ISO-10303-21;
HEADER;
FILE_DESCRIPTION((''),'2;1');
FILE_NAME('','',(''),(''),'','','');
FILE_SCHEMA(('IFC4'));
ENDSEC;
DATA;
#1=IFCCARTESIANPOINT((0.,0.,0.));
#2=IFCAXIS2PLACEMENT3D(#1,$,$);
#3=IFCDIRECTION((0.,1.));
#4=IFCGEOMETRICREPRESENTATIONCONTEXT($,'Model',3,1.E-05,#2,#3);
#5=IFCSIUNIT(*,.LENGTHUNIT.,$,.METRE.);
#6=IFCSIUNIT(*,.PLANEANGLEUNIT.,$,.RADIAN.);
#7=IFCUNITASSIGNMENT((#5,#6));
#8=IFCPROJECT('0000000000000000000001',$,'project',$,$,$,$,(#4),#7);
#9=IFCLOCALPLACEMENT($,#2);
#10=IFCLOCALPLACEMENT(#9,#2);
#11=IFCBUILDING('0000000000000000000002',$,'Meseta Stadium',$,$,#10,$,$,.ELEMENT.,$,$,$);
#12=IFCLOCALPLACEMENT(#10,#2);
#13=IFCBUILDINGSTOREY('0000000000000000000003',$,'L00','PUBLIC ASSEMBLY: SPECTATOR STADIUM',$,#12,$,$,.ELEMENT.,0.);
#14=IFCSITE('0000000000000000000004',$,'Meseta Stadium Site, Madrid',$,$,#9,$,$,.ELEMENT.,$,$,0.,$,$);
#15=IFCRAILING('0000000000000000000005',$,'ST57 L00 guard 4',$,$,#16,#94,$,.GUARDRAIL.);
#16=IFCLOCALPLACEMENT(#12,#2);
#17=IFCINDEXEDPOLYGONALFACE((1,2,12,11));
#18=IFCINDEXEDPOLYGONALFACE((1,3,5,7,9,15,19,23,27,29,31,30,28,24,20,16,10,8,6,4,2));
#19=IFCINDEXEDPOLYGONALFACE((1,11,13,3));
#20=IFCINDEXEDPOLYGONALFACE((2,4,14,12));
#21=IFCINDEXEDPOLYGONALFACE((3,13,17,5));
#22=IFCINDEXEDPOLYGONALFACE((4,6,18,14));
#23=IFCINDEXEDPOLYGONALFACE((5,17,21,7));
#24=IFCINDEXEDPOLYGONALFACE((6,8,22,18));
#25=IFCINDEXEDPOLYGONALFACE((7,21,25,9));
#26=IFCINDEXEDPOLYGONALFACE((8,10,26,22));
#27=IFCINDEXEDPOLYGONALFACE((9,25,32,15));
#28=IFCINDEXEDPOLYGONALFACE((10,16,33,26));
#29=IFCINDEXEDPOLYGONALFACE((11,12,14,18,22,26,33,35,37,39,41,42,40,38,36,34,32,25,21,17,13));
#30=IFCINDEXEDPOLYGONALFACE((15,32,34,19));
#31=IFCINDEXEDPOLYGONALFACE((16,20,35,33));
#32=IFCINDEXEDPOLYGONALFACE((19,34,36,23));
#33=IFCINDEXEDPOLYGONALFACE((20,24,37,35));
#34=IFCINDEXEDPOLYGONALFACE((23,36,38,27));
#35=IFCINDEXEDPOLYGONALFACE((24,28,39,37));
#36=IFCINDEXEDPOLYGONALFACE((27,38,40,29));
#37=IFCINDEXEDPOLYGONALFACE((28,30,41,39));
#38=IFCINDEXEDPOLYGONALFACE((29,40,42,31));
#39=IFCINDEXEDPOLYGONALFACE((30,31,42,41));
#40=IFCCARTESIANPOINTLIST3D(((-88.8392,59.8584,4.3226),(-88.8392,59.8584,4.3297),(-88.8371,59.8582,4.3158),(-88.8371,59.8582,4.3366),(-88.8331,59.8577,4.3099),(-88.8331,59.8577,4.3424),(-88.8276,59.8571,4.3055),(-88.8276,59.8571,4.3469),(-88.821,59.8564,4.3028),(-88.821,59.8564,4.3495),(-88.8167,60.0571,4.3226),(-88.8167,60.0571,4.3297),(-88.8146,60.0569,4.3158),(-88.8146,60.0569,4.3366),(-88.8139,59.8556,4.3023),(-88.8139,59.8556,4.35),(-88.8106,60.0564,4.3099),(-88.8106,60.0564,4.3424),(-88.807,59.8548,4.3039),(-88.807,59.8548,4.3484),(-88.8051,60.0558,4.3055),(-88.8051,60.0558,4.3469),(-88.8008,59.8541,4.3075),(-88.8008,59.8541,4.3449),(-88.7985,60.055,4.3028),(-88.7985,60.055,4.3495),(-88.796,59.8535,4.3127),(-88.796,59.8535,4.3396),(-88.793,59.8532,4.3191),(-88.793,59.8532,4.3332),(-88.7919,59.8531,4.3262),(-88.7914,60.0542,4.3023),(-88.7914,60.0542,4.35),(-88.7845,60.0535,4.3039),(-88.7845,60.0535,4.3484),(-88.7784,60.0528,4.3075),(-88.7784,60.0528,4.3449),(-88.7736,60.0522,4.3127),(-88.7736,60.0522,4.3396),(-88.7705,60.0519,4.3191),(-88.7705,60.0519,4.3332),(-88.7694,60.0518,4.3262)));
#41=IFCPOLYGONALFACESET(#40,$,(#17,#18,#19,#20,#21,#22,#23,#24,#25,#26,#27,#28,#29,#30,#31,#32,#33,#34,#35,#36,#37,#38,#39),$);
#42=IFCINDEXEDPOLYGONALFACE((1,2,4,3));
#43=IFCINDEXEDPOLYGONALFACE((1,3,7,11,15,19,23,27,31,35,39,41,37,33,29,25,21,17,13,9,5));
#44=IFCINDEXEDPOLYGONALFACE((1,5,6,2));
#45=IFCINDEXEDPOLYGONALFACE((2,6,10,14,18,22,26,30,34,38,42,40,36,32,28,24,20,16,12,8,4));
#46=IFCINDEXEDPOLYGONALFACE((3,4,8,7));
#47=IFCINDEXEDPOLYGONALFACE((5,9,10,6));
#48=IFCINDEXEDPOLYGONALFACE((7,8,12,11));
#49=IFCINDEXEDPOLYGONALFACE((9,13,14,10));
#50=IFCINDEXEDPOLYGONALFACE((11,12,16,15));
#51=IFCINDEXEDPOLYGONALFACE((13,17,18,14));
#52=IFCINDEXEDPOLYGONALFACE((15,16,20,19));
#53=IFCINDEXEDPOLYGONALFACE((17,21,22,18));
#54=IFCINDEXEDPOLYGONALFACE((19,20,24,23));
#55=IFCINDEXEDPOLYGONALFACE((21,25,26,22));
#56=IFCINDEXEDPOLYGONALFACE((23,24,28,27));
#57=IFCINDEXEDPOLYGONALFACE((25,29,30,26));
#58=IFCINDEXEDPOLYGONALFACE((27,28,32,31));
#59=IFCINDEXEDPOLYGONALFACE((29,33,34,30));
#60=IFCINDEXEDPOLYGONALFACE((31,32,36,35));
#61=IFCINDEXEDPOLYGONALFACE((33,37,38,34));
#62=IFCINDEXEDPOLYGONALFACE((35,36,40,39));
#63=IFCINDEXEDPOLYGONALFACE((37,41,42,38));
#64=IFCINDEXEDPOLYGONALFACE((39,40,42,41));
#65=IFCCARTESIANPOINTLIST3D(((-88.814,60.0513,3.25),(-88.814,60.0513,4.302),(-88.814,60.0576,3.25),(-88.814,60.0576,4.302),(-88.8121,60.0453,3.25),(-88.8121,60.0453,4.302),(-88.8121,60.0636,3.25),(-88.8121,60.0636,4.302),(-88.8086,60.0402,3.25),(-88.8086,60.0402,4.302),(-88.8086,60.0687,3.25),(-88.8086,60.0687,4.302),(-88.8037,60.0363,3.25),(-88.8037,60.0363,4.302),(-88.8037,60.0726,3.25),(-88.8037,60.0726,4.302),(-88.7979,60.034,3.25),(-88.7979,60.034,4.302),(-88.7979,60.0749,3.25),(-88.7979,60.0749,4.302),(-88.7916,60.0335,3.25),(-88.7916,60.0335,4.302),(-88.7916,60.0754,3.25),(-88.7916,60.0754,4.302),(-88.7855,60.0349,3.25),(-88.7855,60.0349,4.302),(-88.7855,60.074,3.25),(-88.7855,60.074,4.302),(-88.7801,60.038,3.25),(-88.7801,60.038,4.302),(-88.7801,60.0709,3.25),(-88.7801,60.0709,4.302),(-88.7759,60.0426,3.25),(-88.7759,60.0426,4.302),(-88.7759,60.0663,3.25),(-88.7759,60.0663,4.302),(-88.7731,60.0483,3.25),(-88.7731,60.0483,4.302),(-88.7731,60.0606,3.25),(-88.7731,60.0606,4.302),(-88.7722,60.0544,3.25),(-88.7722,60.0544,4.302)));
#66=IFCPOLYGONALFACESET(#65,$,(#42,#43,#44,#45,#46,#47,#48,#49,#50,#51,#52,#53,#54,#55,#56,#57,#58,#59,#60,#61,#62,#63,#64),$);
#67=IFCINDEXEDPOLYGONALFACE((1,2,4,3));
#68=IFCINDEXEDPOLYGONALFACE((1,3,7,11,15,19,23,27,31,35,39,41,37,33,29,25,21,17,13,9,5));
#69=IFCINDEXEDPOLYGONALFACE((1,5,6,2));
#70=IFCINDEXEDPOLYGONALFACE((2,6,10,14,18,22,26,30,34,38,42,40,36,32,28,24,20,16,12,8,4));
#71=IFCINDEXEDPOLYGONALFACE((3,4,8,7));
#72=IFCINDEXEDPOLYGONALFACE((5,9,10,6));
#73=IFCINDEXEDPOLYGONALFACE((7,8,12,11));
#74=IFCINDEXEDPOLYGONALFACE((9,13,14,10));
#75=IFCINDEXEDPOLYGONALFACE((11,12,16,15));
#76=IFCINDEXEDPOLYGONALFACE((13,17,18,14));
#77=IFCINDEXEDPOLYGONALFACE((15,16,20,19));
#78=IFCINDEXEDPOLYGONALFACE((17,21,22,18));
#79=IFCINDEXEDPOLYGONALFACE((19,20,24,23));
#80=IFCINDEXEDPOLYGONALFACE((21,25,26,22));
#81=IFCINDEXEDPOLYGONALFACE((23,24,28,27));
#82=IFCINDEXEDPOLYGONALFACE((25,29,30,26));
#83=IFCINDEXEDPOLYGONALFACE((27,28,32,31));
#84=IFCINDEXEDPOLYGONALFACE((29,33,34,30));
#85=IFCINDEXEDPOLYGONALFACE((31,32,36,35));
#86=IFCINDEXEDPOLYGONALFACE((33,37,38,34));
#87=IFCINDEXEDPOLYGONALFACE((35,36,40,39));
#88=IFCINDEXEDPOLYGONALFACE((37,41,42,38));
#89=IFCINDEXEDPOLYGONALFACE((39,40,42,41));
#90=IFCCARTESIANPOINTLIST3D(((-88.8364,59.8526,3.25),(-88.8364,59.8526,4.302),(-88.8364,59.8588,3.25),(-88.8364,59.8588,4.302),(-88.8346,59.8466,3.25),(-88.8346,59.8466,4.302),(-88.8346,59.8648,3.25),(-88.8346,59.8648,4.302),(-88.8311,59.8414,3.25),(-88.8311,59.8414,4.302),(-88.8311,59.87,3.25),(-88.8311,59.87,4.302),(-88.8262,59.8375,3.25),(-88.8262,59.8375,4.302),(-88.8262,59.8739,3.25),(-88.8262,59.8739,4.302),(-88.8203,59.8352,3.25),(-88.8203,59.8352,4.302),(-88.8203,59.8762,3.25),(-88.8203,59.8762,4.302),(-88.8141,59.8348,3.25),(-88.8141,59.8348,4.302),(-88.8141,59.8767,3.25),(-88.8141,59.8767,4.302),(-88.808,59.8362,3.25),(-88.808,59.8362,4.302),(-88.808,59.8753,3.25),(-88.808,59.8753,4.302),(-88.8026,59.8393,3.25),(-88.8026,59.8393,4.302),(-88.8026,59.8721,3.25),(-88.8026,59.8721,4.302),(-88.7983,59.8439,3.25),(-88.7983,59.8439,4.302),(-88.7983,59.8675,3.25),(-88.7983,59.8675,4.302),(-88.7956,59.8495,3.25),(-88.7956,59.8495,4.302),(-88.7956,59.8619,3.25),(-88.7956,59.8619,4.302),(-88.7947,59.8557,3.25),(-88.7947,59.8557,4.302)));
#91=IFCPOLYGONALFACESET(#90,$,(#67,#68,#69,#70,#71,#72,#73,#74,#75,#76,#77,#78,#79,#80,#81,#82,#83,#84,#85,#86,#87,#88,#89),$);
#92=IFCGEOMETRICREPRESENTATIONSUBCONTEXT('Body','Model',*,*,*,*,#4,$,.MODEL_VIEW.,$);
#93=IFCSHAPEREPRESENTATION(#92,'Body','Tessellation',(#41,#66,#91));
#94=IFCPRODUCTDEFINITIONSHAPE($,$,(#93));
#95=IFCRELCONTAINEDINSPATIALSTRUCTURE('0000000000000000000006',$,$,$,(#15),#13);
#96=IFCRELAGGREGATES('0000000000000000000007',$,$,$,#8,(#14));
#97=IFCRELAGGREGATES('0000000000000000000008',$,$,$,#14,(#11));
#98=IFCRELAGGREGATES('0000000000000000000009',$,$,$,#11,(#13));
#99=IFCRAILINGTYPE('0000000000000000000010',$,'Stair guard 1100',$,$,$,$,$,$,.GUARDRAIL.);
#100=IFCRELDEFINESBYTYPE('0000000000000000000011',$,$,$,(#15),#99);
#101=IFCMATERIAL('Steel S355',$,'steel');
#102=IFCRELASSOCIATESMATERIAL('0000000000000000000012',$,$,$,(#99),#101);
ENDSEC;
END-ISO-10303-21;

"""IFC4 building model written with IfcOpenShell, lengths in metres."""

from ifc_helpers import new_model, si_unit, direction, frame, origin, origin_2d, place, context, subcontext, project, spatial, circle, extrude, material, type_object, element, save


model = new_model("IFC4")

# Units and contexts
model_context = context("Model", 3, precision=1e-05, world=origin(), true_north=direction((0.0, 1.0)))
body_context = subcontext(model_context, "Body", "Model", "MODEL_VIEW")
ifc_project = project(units=[si_unit("LENGTHUNIT", "METRE"), si_unit("PLANEANGLEUNIT", "RADIAN")], contexts=[model_context])

# Site, building, storey
site_placement = place(None, origin())
site = spatial("IfcSite", under=ifc_project, at=site_placement, Name="Meseta Stadium Site, Madrid", CompositionType="ELEMENT", RefElevation=0.0)
building_placement = place(site_placement, origin())
building = spatial("IfcBuilding", under=site, at=building_placement, Name="Meseta Stadium", CompositionType="ELEMENT")
storey_placement = place(building_placement, origin())
storey = spatial("IfcBuildingStorey", under=building, at=storey_placement, Name="L00", Description="PUBLIC ASSEMBLY: SPECTATOR STADIUM", CompositionType="ELEMENT", Elevation=0.0)

# Railing
ifc_material_1 = material(Name="Steel S355", Category="steel")
railing_type_1 = type_object("IfcRailingType", Name="Stair guard 1100", PredefinedType="GUARDRAIL", material=ifc_material_1)
railing_1_placement = place(storey_placement, frame((-88.7932, 60.0544, 3.25)))
element("IfcRailing", 1, at=railing_1_placement, inside=storey, type_object=railing_type_1, Name="ST57 L00 guard 4", PredefinedType="GUARDRAIL", context=body_context, shape_type="SweptSolid", body=[
    extrude(circle(Radius=0.0239, at=origin_2d()), frame((0.0, 0.0, 1.0762), z_axis=(-0.112307, -0.993674, 0.0), x_axis=(0.993674, -0.112307, 0.0)), (0.0, 0.0, 1.0), 0.2),
    extrude(circle(Radius=0.021, at=origin_2d()), origin(), (0.0, 0.0, 1.0), 1.052),
    extrude(circle(Radius=0.021, at=origin_2d()), frame((-0.0225, -0.1987, 0.0)), (0.0, 0.0, 1.0), 1.052),
])

save(model, "model.ifc")
